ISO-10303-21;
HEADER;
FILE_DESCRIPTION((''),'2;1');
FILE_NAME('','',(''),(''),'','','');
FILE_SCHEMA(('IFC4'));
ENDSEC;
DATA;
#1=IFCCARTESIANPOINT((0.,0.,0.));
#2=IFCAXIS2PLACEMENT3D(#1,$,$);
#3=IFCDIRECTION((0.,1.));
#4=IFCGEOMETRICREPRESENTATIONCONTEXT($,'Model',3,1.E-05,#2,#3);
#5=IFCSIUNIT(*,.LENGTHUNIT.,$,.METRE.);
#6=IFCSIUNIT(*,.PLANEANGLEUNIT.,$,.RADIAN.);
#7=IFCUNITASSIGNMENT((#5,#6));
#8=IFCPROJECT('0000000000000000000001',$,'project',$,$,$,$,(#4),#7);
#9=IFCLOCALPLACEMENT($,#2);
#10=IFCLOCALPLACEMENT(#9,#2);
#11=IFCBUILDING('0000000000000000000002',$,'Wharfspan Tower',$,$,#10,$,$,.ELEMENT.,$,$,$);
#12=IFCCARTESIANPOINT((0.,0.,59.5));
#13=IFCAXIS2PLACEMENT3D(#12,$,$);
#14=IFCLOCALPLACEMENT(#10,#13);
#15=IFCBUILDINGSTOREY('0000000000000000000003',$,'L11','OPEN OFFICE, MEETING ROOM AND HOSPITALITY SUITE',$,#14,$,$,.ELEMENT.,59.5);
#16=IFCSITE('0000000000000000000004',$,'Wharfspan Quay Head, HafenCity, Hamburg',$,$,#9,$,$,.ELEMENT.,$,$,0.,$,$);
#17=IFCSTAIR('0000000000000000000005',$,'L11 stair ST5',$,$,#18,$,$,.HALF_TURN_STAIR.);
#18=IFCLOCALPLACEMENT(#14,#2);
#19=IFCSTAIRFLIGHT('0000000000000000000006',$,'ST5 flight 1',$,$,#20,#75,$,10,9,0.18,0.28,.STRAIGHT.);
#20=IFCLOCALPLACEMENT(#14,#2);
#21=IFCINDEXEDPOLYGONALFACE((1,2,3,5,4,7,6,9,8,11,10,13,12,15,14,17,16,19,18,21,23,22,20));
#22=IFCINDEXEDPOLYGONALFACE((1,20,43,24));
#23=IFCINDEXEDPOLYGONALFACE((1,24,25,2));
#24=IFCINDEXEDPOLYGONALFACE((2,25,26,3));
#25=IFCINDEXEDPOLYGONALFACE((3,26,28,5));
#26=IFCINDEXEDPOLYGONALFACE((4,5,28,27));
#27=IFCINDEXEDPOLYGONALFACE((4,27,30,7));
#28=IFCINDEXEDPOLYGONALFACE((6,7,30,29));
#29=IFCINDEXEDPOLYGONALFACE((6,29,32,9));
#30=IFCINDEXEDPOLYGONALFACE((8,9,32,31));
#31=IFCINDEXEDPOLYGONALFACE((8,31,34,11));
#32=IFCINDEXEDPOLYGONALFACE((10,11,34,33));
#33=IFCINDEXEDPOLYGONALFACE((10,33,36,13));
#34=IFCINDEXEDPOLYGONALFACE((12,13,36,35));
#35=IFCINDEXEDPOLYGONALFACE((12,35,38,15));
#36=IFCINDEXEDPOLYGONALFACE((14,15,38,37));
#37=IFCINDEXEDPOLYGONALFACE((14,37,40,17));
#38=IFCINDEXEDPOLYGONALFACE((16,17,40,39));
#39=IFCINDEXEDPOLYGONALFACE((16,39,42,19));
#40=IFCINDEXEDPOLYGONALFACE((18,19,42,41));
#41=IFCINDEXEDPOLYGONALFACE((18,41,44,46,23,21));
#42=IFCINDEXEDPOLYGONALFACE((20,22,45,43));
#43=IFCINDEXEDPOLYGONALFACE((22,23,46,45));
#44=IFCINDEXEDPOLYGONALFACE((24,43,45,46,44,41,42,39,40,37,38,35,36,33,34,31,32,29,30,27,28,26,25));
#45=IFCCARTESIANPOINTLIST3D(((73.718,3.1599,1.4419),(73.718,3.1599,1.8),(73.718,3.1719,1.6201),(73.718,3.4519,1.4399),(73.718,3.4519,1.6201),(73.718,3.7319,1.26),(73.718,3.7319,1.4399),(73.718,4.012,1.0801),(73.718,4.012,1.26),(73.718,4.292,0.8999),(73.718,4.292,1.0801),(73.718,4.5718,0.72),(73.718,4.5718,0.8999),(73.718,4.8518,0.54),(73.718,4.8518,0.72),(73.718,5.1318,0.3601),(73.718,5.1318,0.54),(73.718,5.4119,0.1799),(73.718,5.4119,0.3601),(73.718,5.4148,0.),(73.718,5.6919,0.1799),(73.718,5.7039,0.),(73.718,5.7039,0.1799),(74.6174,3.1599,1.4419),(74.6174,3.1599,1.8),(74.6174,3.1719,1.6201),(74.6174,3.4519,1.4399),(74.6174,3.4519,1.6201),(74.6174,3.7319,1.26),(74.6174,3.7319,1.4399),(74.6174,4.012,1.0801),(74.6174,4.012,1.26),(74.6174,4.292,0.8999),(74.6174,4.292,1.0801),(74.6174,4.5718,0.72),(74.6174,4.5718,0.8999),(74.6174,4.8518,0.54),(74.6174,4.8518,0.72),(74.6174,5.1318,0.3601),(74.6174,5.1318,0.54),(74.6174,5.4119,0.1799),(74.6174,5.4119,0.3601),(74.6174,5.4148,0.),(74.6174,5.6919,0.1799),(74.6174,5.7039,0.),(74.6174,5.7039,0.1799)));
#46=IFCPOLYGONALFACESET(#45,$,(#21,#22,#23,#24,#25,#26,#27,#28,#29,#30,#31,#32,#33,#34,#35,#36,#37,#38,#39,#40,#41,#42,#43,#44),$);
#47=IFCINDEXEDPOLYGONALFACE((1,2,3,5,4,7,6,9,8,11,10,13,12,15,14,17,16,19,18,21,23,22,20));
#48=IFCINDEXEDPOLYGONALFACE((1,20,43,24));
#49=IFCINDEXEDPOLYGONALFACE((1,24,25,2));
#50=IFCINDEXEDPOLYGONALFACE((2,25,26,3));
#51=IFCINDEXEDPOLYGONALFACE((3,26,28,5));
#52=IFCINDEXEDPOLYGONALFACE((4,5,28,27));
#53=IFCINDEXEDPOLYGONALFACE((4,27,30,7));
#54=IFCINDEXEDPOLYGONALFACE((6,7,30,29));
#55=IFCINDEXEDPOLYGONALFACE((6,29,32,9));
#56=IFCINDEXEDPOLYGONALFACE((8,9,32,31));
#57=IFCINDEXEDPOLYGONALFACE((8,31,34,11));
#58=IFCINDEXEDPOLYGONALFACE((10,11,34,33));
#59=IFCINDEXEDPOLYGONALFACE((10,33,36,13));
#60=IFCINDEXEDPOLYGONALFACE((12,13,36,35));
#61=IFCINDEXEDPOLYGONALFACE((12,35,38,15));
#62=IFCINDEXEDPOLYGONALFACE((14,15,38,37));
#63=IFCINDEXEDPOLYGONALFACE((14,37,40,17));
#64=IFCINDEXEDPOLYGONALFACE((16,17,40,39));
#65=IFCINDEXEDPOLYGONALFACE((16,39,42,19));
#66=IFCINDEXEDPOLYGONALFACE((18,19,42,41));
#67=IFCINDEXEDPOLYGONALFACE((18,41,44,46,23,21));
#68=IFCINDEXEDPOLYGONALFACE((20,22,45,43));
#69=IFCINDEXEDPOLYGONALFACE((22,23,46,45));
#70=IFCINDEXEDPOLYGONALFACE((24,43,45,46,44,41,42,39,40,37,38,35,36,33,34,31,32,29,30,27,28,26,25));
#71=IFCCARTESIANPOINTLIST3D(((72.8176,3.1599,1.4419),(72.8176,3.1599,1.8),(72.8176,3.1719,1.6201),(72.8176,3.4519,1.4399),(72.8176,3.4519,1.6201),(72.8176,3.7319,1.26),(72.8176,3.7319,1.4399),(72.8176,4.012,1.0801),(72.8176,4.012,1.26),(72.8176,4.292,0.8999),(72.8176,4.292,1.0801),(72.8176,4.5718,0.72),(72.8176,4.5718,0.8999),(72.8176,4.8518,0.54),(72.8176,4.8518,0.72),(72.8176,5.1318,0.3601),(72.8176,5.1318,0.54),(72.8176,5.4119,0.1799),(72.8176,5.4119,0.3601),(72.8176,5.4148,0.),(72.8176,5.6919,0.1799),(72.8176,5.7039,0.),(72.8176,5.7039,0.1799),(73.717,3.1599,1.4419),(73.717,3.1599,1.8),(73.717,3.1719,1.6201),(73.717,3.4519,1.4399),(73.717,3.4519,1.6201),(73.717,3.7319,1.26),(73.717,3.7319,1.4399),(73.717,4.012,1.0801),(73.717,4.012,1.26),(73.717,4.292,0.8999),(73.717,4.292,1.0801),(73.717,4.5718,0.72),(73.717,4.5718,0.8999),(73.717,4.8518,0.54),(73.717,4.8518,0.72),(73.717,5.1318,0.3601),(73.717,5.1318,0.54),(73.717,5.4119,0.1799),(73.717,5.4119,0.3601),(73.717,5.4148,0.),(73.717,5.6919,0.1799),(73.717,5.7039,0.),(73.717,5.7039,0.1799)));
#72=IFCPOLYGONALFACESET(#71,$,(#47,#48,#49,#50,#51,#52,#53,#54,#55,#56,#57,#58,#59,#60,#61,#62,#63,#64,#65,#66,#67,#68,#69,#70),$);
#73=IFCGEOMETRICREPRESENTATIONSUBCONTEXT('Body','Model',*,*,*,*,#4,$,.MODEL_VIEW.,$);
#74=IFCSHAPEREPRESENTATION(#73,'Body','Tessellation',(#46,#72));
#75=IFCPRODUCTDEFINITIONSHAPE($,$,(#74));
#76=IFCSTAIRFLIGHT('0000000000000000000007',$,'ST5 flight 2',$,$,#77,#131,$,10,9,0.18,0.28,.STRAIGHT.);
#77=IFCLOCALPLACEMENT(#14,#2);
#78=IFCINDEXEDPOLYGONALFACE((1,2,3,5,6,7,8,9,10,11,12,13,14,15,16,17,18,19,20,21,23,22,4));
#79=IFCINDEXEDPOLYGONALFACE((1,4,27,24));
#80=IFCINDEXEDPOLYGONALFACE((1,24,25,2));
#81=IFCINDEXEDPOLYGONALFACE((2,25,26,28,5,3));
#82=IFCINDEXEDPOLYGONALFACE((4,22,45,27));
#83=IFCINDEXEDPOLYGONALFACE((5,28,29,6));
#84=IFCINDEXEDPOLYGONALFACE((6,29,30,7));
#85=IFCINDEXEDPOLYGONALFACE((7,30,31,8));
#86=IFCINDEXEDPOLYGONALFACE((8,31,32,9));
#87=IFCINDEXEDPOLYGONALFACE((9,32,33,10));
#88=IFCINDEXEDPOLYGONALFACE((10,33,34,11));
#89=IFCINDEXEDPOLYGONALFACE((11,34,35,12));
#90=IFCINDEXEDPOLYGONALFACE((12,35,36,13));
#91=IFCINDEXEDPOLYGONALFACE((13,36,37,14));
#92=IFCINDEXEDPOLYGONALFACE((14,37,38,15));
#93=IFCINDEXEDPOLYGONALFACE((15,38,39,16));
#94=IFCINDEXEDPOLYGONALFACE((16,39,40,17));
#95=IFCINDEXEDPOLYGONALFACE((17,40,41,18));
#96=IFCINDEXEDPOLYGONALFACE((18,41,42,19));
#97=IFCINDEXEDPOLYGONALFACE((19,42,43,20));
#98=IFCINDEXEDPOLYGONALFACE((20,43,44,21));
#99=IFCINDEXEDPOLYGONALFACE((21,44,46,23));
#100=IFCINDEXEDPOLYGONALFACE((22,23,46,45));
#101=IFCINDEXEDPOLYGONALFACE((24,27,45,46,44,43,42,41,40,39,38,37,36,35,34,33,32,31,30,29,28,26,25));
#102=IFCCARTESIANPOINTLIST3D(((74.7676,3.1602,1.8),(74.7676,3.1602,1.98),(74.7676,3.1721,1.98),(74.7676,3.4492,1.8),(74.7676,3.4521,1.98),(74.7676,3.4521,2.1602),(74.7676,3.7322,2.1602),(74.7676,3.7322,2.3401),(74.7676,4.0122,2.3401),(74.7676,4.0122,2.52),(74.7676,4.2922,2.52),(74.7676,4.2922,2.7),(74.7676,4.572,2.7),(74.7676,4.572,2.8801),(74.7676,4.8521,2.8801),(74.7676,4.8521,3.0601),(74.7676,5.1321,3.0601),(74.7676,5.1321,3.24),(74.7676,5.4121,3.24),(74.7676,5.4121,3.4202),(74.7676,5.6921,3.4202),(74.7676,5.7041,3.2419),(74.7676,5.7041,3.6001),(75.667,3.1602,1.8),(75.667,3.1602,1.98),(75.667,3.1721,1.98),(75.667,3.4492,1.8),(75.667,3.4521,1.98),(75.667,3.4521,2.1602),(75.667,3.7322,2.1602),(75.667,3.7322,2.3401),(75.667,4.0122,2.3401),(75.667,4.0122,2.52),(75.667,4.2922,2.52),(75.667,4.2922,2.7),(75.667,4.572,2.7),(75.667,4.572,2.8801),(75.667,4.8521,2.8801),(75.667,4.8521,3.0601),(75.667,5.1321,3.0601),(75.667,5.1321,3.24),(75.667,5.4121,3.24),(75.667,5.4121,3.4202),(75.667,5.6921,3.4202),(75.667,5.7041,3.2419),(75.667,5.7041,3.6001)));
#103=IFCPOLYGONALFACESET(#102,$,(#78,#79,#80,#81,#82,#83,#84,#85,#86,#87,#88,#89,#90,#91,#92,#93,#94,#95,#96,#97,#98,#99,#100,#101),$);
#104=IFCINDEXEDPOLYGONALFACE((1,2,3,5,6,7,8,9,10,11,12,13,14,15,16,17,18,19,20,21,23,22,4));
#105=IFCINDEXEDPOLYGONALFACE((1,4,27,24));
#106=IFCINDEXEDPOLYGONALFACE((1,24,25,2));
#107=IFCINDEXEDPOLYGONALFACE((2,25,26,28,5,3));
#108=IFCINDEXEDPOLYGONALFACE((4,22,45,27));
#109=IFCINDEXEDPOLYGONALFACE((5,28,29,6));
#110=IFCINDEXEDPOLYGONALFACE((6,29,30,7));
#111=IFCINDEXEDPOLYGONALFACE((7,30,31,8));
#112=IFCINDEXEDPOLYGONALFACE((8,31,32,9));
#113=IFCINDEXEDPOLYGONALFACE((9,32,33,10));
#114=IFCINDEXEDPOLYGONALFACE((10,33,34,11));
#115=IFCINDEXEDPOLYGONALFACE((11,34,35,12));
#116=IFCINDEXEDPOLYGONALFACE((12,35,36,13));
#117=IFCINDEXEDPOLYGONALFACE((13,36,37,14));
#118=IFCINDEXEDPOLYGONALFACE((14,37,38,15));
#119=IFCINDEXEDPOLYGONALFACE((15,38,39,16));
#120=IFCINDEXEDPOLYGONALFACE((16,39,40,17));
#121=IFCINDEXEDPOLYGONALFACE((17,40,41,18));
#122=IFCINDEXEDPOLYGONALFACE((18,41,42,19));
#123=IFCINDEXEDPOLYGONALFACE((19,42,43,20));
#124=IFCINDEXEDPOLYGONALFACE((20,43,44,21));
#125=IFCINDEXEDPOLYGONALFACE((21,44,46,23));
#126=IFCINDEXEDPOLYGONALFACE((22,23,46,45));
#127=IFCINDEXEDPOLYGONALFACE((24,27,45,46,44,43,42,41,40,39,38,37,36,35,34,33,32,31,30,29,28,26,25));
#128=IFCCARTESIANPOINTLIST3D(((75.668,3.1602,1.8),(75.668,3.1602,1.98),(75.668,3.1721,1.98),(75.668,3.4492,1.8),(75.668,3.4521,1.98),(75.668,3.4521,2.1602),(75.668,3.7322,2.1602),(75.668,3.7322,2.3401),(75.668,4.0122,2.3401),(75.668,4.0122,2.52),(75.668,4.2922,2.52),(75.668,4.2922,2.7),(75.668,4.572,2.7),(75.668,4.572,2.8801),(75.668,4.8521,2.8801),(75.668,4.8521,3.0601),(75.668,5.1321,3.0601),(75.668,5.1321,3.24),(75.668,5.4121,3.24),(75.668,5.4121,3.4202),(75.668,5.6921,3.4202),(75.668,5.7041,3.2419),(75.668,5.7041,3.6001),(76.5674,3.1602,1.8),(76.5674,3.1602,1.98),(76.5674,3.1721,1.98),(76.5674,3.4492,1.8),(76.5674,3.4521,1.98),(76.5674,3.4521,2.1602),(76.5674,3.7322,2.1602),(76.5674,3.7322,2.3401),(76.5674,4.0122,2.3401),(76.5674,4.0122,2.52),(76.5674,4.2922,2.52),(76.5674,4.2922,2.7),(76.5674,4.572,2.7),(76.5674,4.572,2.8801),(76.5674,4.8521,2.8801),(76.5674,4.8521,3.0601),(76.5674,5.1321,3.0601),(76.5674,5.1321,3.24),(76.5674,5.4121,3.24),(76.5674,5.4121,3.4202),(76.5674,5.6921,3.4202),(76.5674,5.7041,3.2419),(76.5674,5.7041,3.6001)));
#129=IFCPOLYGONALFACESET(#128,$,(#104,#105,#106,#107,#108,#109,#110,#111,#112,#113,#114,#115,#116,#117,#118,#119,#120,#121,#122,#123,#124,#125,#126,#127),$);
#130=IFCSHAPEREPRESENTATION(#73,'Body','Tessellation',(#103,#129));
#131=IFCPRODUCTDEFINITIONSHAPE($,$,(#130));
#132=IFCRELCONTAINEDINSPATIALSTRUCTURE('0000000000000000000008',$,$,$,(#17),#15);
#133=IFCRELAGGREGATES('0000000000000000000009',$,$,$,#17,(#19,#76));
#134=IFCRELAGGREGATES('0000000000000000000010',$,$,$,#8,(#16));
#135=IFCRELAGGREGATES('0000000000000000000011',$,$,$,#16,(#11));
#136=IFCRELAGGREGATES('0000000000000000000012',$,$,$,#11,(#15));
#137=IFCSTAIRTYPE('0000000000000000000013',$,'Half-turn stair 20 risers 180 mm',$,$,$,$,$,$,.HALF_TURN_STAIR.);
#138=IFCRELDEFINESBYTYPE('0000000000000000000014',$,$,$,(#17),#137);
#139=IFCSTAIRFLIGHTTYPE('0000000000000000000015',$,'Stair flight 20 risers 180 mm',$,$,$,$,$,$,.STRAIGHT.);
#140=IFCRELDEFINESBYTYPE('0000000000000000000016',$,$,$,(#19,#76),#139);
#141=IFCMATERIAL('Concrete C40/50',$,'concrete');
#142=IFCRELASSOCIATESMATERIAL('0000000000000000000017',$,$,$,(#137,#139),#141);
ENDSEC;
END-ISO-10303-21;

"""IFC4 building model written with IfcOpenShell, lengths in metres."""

from ifc_helpers import new_model, si_unit, direction, frame, origin, place, context, subcontext, project, spatial, polyline, outline, extrude, material, type_object, element, aggregate, save


model = new_model("IFC4")

# Units and contexts
model_context = context("Model", 3, precision=1e-05, world=origin(), true_north=direction((0.0, 1.0)))
body_context = subcontext(model_context, "Body", "Model", "MODEL_VIEW")
ifc_project = project(units=[si_unit("LENGTHUNIT", "METRE"), si_unit("PLANEANGLEUNIT", "RADIAN")], contexts=[model_context])

# Site, building, storey
site_placement = place(None, origin())
site = spatial("IfcSite", under=ifc_project, at=site_placement, Name="Wharfspan Quay Head, HafenCity, Hamburg", CompositionType="ELEMENT", RefElevation=0.0)
building_placement = place(site_placement, origin())
building = spatial("IfcBuilding", under=site, at=building_placement, Name="Wharfspan Tower", CompositionType="ELEMENT")
storey_placement = place(building_placement, frame((0.0, 0.0, 59.5)))
storey = spatial("IfcBuildingStorey", under=building, at=storey_placement, Name="L11", Description="OPEN OFFICE, MEETING ROOM AND HOSPITALITY SUITE", CompositionType="ELEMENT", Elevation=59.5)

# Shared definitions
ifc_material_1 = material(Name="Concrete C40/50", Category="concrete")

# Stair, stair flights
stair_type = type_object("IfcStairType", Name="Half-turn stair 20 risers 180 mm", PredefinedType="HALF_TURN_STAIR", material=ifc_material_1)
stair_placement = place(storey_placement, origin())
stair = element("IfcStair", 1, at=stair_placement, inside=storey, type_object=stair_type, Name="L11 stair ST5", PredefinedType="HALF_TURN_STAIR")
stair_flight_type = type_object("IfcStairFlightType", Name="Stair flight 20 risers 180 mm", PredefinedType="STRAIGHT", material=ifc_material_1)
stair_flight_1_placement = place(storey_placement, frame((73.7175, 5.6919, 0.0), z_axis=(0.0, 0.0, 1.0), x_axis=(0.0, -1.0, 0.0)))
stair_flight_1 = element("IfcStairFlight", 2, at=stair_flight_1_placement, type_object=stair_flight_type, Name="ST5 flight 1", NumberOfRisers=10, NumberOfTreads=9, PredefinedType="STRAIGHT", RiserHeight=0.18, TreadLength=0.28, context=body_context, shape_type="SweptSolid", body=[
    extrude(outline(polyline([(-0.012, 0.0), (-0.012, 0.1799), (0.0, 0.1799), (0.28, 0.1799), (0.28, 0.3601), (0.5601, 0.3601), (0.5601, 0.54), (0.8401, 0.54), (0.8401, 0.72), (1.1201, 0.72), (1.1201, 0.8999), (1.3999, 0.8999), (1.3999, 1.0801), (1.6799, 1.0801), (1.6799, 1.26), (1.96, 1.26), (1.96, 1.4399), (2.24, 1.4399), (2.24, 1.6201), (2.52, 1.6201), (2.532, 1.8), (2.532, 1.4419), (0.2771, 0.0), (-0.012, 0.0)])), frame((0.0, 0.8999, 0.0), z_axis=(0.0, -1.0, 0.0), x_axis=(1.0, 0.0, 0.0)), (0.0, 0.0, 1.0), 0.8994),
    extrude(outline(polyline([(-0.012, 0.0), (-0.012, 0.1799), (0.0, 0.1799), (0.28, 0.1799), (0.28, 0.3601), (0.5601, 0.3601), (0.5601, 0.54), (0.8401, 0.54), (0.8401, 0.72), (1.1201, 0.72), (1.1201, 0.8999), (1.3999, 0.8999), (1.3999, 1.0801), (1.6799, 1.0801), (1.6799, 1.26), (1.96, 1.26), (1.96, 1.4399), (2.24, 1.4399), (2.24, 1.6201), (2.52, 1.6201), (2.532, 1.8), (2.532, 1.4419), (0.2771, 0.0), (-0.012, 0.0)])), frame((0.0, -0.0005, 0.0), z_axis=(0.0, -1.0, 0.0), x_axis=(1.0, 0.0, 0.0)), (0.0, 0.0, 1.0), 0.8994),
])
stair_flight_2_placement = place(storey_placement, frame((75.6675, 3.1721, 1.8), z_axis=(0.0, 0.0, 1.0), x_axis=(0.0, 1.0, 0.0)))
stair_flight_2 = element("IfcStairFlight", 3, at=stair_flight_2_placement, type_object=stair_flight_type, Name="ST5 flight 2", NumberOfRisers=10, NumberOfTreads=9, PredefinedType="STRAIGHT", RiserHeight=0.18, TreadLength=0.28, context=body_context, shape_type="SweptSolid", body=[
    extrude(outline(polyline([(-0.012, 0.0), (-0.012, 0.1799), (0.0, 0.1799), (0.28, 0.1799), (0.28, 0.3601), (0.5601, 0.3601), (0.5601, 0.54), (0.8401, 0.54), (0.8401, 0.72), (1.1201, 0.72), (1.1201, 0.8999), (1.3999, 0.8999), (1.3999, 1.0801), (1.6799, 1.0801), (1.6799, 1.26), (1.96, 1.26), (1.96, 1.4399), (2.24, 1.4399), (2.24, 1.6201), (2.52, 1.6201), (2.532, 1.8), (2.532, 1.4419), (0.2771, 0.0), (-0.012, 0.0)])), frame((0.0, 0.8999, 0.0), z_axis=(0.0, -1.0, 0.0), x_axis=(1.0, 0.0, 0.0)), (0.0, 0.0, 1.0), 0.8994),
    extrude(outline(polyline([(-0.012, 0.0), (-0.012, 0.1799), (0.0, 0.1799), (0.28, 0.1799), (0.28, 0.3601), (0.5601, 0.3601), (0.5601, 0.54), (0.8401, 0.54), (0.8401, 0.72), (1.1201, 0.72), (1.1201, 0.8999), (1.3999, 0.8999), (1.3999, 1.0801), (1.6799, 1.0801), (1.6799, 1.26), (1.96, 1.26), (1.96, 1.4399), (2.24, 1.4399), (2.24, 1.6201), (2.52, 1.6201), (2.532, 1.8), (2.532, 1.4419), (0.2771, 0.0), (-0.012, 0.0)])), frame((0.0, -0.0005, 0.0), z_axis=(0.0, -1.0, 0.0), x_axis=(1.0, 0.0, 0.0)), (0.0, 0.0, 1.0), 0.8994),
])
aggregate(stair, [stair_flight_1, stair_flight_2])

save(model, "model.ifc")
